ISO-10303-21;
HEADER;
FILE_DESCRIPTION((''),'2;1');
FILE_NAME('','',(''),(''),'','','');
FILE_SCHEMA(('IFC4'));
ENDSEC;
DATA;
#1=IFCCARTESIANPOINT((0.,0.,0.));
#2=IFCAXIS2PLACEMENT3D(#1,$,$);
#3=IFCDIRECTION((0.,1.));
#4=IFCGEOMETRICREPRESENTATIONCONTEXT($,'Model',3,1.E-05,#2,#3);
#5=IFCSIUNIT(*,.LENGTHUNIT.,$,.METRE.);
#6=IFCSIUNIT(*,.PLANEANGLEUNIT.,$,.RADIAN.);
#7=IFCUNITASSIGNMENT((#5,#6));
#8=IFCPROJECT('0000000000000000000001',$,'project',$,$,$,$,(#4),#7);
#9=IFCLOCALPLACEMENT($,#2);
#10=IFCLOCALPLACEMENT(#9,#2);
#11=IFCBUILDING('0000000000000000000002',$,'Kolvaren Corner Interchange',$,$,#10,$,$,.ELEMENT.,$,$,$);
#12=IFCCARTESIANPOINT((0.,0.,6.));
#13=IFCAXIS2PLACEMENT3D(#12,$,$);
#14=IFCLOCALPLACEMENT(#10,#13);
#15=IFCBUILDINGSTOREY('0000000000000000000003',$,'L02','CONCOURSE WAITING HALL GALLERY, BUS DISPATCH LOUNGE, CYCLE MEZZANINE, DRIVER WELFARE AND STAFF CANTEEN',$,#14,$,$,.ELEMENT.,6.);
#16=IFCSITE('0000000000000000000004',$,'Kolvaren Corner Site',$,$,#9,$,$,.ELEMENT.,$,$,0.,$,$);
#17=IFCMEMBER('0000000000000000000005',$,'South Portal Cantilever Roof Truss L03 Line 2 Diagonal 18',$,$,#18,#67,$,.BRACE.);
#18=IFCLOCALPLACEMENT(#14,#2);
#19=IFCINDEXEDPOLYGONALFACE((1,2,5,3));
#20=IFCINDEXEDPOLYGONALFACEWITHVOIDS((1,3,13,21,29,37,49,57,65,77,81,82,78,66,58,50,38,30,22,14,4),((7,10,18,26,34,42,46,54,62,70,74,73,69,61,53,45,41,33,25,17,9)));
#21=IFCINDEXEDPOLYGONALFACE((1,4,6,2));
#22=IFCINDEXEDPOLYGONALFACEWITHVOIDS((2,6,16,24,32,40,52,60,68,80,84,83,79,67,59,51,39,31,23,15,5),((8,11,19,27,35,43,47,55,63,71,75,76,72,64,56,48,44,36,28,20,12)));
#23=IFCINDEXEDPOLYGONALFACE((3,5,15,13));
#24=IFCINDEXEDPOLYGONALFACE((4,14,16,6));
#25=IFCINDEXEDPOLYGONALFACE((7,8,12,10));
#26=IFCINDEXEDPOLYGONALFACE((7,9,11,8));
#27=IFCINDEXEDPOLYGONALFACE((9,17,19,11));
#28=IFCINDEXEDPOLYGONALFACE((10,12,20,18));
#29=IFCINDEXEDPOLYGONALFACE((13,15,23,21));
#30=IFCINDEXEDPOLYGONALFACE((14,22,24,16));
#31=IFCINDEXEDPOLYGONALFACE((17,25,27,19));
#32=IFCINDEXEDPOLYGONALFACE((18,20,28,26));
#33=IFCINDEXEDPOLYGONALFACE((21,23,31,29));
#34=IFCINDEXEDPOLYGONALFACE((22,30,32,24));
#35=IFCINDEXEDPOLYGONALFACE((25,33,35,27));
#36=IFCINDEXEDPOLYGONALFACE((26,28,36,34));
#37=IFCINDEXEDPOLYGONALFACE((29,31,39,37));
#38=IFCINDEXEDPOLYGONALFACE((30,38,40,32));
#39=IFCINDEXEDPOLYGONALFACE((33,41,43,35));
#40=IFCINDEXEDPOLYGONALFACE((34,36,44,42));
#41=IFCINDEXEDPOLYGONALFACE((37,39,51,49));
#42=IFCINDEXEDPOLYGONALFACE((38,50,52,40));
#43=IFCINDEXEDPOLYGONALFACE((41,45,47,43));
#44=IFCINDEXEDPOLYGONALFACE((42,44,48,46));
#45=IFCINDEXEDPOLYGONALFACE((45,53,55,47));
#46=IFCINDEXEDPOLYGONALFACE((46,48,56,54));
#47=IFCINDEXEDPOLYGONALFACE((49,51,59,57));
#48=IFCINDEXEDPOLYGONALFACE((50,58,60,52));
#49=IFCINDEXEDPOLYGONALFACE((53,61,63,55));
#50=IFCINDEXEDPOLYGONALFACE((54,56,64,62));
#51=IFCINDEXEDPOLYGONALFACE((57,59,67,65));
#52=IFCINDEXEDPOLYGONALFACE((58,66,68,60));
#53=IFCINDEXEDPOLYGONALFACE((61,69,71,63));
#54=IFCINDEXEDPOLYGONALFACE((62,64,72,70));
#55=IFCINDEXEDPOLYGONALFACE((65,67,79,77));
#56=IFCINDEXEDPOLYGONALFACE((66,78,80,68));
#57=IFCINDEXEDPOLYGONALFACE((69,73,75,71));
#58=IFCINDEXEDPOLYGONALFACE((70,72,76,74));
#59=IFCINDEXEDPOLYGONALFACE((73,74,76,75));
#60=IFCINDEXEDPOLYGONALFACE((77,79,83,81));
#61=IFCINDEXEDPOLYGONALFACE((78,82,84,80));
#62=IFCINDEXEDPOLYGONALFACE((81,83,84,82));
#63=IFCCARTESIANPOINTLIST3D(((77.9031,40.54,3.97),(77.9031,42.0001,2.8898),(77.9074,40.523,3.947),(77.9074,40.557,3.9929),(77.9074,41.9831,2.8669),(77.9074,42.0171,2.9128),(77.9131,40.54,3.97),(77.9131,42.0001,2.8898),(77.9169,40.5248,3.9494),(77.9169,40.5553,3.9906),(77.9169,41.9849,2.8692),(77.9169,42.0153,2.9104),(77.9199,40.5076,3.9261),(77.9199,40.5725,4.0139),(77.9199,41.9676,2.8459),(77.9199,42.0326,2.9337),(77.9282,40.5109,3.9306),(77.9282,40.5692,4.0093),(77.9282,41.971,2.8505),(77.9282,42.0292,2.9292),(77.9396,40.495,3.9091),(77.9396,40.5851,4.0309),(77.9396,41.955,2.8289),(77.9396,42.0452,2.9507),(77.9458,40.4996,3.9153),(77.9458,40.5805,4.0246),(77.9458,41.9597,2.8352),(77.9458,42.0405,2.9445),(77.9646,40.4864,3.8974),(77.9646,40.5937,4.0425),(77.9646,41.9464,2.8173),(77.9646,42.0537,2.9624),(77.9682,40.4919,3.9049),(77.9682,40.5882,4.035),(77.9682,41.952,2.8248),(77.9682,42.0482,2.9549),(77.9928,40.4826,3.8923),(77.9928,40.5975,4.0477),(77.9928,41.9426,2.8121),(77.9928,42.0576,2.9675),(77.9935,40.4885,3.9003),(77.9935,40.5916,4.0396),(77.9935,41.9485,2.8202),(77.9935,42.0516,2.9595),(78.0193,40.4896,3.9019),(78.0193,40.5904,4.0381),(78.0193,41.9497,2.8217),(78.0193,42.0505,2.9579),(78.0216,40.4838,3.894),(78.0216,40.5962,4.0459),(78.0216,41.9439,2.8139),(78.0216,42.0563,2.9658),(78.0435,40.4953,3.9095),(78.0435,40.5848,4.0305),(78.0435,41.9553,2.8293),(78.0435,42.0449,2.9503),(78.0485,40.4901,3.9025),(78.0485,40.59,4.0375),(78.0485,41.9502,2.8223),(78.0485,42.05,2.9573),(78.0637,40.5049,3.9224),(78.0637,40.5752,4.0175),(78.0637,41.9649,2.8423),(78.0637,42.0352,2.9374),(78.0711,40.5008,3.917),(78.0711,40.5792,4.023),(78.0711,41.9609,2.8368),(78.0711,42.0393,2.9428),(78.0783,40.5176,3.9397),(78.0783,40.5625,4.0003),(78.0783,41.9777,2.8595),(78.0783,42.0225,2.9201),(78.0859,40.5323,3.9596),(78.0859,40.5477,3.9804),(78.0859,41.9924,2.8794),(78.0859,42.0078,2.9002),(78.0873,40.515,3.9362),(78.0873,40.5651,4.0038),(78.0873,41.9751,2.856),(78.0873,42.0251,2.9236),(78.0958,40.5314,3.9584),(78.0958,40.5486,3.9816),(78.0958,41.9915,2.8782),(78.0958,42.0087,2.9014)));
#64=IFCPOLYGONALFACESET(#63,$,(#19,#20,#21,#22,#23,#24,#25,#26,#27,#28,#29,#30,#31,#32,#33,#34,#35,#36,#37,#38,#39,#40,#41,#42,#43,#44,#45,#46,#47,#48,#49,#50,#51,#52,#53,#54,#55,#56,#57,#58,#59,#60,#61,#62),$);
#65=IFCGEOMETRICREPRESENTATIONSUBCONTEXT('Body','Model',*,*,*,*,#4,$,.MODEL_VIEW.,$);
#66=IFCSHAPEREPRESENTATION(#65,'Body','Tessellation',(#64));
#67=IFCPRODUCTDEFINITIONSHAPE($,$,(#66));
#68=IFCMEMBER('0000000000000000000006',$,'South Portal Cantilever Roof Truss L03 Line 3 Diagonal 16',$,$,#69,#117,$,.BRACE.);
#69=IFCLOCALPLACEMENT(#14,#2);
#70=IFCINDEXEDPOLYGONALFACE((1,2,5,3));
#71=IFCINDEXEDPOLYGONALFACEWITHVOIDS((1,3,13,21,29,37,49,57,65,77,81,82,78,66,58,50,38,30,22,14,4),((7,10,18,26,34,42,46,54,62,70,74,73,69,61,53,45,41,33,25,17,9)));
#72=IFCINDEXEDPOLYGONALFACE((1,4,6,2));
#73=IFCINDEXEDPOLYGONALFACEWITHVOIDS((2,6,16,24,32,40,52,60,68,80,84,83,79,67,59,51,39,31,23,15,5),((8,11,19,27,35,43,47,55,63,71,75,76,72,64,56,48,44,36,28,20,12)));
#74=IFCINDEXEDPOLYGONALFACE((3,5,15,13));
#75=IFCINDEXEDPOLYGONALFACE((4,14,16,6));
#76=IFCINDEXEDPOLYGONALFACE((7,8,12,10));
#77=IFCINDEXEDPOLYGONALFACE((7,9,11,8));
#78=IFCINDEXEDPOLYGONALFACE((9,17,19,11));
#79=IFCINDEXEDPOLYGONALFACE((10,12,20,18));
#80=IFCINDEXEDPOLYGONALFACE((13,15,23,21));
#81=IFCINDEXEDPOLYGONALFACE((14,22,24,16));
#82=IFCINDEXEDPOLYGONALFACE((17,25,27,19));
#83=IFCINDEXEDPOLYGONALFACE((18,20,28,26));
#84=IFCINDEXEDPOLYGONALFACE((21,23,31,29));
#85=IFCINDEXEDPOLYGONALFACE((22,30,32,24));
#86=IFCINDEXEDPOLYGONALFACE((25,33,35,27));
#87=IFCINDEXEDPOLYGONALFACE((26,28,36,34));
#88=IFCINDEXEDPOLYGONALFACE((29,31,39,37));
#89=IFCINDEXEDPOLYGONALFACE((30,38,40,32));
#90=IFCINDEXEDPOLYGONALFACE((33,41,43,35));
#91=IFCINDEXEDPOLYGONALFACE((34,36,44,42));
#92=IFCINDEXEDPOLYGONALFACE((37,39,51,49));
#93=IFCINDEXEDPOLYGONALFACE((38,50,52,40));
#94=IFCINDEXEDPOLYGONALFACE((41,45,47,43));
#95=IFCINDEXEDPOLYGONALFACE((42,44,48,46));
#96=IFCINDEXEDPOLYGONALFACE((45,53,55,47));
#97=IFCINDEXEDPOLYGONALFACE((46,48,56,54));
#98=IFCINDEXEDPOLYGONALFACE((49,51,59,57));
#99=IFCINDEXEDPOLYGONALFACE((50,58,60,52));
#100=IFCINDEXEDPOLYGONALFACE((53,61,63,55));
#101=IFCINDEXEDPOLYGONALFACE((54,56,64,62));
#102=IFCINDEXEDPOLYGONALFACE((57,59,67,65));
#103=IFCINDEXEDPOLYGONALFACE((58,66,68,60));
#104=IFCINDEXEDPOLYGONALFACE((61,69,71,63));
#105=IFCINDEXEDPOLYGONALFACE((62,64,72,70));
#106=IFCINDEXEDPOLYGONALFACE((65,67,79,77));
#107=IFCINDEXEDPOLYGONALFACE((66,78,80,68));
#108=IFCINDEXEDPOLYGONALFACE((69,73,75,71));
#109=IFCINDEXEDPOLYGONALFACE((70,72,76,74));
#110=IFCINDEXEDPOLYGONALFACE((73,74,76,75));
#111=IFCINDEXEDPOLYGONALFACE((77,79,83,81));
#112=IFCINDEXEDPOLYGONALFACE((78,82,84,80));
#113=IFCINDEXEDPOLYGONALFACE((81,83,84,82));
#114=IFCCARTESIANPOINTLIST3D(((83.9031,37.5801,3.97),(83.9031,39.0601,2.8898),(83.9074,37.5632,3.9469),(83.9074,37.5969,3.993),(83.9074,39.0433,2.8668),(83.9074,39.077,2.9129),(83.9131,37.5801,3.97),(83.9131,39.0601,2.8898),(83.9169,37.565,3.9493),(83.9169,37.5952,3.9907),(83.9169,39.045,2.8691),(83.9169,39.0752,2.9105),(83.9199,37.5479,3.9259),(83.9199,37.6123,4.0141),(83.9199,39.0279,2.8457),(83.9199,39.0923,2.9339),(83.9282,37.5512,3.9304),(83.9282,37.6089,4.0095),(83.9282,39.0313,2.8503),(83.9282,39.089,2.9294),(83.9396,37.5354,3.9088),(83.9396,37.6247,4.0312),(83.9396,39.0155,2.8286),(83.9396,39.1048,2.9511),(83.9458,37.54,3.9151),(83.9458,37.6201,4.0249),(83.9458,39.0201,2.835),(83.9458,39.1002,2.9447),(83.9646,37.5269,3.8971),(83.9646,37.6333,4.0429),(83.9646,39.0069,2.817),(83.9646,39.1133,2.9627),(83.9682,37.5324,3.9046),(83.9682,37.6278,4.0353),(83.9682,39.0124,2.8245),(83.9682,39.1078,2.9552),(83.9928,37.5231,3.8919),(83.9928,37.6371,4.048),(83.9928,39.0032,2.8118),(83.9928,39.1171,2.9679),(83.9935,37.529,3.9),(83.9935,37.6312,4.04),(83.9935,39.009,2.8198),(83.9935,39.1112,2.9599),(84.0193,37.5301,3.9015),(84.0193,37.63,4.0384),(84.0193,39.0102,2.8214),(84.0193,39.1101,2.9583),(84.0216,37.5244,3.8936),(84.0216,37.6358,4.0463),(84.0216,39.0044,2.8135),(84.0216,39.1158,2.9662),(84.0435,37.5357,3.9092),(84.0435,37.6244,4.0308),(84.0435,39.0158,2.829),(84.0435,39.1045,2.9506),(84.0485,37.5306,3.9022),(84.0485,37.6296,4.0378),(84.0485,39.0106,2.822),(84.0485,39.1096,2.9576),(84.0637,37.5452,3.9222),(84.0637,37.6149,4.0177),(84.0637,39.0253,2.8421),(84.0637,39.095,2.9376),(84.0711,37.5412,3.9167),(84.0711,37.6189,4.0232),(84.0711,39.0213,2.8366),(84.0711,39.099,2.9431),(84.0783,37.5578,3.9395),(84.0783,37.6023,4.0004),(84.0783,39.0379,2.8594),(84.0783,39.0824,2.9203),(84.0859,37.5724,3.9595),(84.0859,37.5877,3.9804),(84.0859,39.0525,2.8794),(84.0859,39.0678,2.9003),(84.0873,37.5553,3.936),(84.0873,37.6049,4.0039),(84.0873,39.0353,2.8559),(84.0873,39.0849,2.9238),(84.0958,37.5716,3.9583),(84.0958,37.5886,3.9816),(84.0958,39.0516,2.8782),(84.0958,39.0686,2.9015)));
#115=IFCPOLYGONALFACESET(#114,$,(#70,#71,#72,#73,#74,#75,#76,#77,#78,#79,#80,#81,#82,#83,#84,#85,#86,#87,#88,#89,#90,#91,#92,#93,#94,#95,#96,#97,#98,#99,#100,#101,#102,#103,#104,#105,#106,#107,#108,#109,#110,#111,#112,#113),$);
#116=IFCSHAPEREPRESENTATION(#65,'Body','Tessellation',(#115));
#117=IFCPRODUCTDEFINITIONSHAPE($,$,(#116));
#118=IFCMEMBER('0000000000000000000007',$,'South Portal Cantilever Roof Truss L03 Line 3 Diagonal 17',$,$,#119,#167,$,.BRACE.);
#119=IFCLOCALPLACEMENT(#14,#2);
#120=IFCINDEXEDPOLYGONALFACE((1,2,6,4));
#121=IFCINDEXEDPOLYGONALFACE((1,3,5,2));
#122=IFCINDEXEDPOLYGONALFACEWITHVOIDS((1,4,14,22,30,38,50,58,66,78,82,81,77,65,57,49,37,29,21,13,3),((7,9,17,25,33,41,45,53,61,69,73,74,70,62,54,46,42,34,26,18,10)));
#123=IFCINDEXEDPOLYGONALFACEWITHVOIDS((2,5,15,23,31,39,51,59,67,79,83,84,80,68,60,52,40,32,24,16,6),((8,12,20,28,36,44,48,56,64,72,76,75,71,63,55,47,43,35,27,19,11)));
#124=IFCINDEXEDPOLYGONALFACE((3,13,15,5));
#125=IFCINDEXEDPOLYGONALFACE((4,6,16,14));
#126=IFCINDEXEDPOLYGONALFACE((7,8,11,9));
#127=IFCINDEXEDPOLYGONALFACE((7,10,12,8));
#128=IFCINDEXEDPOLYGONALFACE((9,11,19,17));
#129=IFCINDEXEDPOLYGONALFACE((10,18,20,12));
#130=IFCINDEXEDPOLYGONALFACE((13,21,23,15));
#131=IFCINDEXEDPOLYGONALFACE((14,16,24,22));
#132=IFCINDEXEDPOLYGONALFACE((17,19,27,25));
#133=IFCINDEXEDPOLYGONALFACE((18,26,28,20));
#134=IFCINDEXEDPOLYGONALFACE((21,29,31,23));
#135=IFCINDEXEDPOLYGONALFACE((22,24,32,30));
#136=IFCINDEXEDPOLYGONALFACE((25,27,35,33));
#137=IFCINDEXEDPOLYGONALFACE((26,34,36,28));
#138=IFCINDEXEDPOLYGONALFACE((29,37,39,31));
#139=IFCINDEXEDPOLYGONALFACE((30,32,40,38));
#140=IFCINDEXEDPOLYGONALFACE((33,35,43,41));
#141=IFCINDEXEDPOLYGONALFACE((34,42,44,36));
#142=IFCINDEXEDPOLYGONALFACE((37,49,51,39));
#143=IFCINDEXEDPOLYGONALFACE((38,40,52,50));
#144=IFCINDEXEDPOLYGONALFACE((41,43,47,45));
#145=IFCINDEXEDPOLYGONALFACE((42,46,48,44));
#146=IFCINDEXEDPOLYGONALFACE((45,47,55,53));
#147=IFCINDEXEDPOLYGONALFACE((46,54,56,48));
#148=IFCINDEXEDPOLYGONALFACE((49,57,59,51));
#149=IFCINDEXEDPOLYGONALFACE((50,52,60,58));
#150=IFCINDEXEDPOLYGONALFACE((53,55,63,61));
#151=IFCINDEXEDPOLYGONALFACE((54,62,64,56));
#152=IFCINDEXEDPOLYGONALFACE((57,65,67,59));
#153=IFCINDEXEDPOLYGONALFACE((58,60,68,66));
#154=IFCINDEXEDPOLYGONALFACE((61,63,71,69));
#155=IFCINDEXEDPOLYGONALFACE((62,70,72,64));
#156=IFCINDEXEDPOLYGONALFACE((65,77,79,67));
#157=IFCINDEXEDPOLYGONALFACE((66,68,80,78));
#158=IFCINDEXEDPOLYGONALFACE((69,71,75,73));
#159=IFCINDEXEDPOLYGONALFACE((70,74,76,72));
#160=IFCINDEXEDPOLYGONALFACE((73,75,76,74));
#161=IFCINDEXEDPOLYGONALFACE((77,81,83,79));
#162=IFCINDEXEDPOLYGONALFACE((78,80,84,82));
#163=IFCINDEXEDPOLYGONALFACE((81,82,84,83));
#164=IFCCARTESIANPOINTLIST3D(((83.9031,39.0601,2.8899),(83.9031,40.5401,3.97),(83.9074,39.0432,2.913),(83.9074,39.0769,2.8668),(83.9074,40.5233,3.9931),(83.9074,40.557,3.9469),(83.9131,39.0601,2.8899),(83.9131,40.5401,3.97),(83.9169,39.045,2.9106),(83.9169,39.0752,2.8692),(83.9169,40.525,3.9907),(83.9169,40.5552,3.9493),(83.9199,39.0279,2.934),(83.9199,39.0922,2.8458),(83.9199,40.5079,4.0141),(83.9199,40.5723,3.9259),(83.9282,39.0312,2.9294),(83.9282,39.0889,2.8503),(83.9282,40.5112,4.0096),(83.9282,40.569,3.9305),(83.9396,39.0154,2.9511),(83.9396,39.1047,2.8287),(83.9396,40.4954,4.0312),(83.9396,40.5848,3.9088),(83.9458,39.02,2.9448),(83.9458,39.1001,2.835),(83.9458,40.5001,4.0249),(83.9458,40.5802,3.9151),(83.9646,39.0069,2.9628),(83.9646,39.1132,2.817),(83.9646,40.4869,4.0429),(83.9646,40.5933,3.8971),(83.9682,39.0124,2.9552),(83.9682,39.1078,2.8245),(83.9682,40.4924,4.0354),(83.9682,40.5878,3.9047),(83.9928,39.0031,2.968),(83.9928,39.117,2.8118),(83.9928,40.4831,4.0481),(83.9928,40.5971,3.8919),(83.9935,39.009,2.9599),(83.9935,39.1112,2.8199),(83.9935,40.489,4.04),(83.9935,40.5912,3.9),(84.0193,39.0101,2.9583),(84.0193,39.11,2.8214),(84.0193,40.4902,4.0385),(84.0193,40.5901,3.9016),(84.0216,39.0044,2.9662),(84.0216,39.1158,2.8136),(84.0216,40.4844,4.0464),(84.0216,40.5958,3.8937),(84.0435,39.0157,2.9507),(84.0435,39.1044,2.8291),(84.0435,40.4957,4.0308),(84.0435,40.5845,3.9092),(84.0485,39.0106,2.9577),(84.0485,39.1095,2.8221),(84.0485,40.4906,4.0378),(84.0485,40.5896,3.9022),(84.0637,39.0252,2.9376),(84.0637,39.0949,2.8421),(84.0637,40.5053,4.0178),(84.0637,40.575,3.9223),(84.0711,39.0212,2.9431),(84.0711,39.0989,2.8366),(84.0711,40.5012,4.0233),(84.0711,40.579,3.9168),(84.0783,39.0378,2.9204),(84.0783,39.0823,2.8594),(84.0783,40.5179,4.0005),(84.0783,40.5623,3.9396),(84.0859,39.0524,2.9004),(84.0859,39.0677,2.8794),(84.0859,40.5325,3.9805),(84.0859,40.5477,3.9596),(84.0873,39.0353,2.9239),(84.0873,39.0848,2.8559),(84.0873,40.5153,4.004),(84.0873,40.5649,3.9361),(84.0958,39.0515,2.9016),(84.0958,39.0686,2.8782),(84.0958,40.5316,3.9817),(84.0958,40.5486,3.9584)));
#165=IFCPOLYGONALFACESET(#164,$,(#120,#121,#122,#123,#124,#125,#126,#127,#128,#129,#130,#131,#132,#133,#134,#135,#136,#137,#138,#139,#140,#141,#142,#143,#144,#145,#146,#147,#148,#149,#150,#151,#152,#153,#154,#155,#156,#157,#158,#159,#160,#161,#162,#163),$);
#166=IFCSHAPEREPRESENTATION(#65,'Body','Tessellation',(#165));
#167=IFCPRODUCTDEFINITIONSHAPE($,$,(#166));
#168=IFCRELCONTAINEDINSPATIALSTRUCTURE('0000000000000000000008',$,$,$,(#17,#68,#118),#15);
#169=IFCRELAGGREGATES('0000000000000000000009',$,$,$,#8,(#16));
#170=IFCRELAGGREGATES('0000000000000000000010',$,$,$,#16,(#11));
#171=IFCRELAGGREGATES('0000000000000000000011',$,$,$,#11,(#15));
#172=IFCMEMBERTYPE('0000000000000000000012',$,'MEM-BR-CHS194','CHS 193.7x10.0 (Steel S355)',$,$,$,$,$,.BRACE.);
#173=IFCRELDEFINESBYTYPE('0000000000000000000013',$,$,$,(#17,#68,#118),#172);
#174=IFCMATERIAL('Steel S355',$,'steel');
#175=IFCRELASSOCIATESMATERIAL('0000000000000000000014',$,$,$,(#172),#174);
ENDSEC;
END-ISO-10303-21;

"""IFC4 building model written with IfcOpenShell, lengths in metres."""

from ifc_helpers import new_model, si_unit, direction, frame, origin, origin_2d, place, context, subcontext, project, spatial, hollow_circle, extrude, material, material_profile, profile_set, type_object, element, save


model = new_model("IFC4")

# Units and contexts
model_context = context("Model", 3, precision=1e-05, world=origin(), true_north=direction((0.0, 1.0)))
body_context = subcontext(model_context, "Body", "Model", "MODEL_VIEW")
ifc_project = project(units=[si_unit("LENGTHUNIT", "METRE"), si_unit("PLANEANGLEUNIT", "RADIAN")], contexts=[model_context])

# Site, building, storey
site_placement = place(None, origin())
site = spatial("IfcSite", under=ifc_project, at=site_placement, Name="Kolvaren Corner Site", CompositionType="ELEMENT", RefElevation=0.0)
building_placement = place(site_placement, origin())
building = spatial("IfcBuilding", under=site, at=building_placement, Name="Kolvaren Corner Interchange", CompositionType="ELEMENT")
storey_placement = place(building_placement, frame((0.0, 0.0, 6.0)))
storey = spatial("IfcBuildingStorey", under=building, at=storey_placement, Name="L02", Description="CONCOURSE WAITING HALL GALLERY, BUS DISPATCH LOUNGE, CYCLE MEZZANINE, DRIVER WELFARE AND STAFF CANTEEN", CompositionType="ELEMENT", Elevation=6.0)

# Members
ifc_material_1 = material(Name="Steel S355", Category="steel")
ifc_material_profile_1 = material_profile(ifc_material_1, hollow_circle(Radius=0.0969, WallThickness=0.01, at=origin_2d()), Name="CHS 193.7x10.0")
ifc_profile_set_1 = profile_set([ifc_material_profile_1], Name="Steel S355")
member_type_1 = type_object("IfcMemberType", Name="MEM-BR-CHS194", Description="CHS 193.7x10.0 (Steel S355)", PredefinedType="BRACE", material=ifc_profile_set_1)
member_1_placement = place(storey_placement, frame((78.0, 40.54, 3.97), z_axis=(0.0, 0.803919, -0.594739), x_axis=(-1.0, 0.0, 0.0)))
element("IfcMember", 1, at=member_1_placement, inside=storey, type_object=member_type_1, Name="South Portal Cantilever Roof Truss L03 Line 2 Diagonal 18", PredefinedType="BRACE", context=body_context, shape_type="SweptSolid", body=[
    extrude(hollow_circle(Radius=0.0969, WallThickness=0.01, at=origin_2d()), origin(), (0.0, 0.0, 1.0), 1.8162),
])
for number, where, z_axis, x_axis, name in (
    (2, (84.0, 37.5801, 3.97), (0.0, 0.807767, -0.589502), (-1.0, 0.0, 0.0), "South Portal Cantilever Roof Truss L03 Line 3 Diagonal 16"),
    (3, (84.0, 39.0601, 2.8899), (0.0, 0.807767, 0.589502), (-1.0, 0.0, 0.0), "South Portal Cantilever Roof Truss L03 Line 3 Diagonal 17"),
):
    element("IfcMember", number, at=place(storey_placement, frame(where, z_axis=z_axis, x_axis=x_axis)), inside=storey, type_object=member_type_1, Name=name, PredefinedType="BRACE", context=body_context, shape_type="SweptSolid", body=[
        extrude(hollow_circle(Radius=0.0969, WallThickness=0.01, at=origin_2d()), origin(), (0.0, 0.0, 1.0), 1.8323),
    ])

save(model, "model.ifc")
